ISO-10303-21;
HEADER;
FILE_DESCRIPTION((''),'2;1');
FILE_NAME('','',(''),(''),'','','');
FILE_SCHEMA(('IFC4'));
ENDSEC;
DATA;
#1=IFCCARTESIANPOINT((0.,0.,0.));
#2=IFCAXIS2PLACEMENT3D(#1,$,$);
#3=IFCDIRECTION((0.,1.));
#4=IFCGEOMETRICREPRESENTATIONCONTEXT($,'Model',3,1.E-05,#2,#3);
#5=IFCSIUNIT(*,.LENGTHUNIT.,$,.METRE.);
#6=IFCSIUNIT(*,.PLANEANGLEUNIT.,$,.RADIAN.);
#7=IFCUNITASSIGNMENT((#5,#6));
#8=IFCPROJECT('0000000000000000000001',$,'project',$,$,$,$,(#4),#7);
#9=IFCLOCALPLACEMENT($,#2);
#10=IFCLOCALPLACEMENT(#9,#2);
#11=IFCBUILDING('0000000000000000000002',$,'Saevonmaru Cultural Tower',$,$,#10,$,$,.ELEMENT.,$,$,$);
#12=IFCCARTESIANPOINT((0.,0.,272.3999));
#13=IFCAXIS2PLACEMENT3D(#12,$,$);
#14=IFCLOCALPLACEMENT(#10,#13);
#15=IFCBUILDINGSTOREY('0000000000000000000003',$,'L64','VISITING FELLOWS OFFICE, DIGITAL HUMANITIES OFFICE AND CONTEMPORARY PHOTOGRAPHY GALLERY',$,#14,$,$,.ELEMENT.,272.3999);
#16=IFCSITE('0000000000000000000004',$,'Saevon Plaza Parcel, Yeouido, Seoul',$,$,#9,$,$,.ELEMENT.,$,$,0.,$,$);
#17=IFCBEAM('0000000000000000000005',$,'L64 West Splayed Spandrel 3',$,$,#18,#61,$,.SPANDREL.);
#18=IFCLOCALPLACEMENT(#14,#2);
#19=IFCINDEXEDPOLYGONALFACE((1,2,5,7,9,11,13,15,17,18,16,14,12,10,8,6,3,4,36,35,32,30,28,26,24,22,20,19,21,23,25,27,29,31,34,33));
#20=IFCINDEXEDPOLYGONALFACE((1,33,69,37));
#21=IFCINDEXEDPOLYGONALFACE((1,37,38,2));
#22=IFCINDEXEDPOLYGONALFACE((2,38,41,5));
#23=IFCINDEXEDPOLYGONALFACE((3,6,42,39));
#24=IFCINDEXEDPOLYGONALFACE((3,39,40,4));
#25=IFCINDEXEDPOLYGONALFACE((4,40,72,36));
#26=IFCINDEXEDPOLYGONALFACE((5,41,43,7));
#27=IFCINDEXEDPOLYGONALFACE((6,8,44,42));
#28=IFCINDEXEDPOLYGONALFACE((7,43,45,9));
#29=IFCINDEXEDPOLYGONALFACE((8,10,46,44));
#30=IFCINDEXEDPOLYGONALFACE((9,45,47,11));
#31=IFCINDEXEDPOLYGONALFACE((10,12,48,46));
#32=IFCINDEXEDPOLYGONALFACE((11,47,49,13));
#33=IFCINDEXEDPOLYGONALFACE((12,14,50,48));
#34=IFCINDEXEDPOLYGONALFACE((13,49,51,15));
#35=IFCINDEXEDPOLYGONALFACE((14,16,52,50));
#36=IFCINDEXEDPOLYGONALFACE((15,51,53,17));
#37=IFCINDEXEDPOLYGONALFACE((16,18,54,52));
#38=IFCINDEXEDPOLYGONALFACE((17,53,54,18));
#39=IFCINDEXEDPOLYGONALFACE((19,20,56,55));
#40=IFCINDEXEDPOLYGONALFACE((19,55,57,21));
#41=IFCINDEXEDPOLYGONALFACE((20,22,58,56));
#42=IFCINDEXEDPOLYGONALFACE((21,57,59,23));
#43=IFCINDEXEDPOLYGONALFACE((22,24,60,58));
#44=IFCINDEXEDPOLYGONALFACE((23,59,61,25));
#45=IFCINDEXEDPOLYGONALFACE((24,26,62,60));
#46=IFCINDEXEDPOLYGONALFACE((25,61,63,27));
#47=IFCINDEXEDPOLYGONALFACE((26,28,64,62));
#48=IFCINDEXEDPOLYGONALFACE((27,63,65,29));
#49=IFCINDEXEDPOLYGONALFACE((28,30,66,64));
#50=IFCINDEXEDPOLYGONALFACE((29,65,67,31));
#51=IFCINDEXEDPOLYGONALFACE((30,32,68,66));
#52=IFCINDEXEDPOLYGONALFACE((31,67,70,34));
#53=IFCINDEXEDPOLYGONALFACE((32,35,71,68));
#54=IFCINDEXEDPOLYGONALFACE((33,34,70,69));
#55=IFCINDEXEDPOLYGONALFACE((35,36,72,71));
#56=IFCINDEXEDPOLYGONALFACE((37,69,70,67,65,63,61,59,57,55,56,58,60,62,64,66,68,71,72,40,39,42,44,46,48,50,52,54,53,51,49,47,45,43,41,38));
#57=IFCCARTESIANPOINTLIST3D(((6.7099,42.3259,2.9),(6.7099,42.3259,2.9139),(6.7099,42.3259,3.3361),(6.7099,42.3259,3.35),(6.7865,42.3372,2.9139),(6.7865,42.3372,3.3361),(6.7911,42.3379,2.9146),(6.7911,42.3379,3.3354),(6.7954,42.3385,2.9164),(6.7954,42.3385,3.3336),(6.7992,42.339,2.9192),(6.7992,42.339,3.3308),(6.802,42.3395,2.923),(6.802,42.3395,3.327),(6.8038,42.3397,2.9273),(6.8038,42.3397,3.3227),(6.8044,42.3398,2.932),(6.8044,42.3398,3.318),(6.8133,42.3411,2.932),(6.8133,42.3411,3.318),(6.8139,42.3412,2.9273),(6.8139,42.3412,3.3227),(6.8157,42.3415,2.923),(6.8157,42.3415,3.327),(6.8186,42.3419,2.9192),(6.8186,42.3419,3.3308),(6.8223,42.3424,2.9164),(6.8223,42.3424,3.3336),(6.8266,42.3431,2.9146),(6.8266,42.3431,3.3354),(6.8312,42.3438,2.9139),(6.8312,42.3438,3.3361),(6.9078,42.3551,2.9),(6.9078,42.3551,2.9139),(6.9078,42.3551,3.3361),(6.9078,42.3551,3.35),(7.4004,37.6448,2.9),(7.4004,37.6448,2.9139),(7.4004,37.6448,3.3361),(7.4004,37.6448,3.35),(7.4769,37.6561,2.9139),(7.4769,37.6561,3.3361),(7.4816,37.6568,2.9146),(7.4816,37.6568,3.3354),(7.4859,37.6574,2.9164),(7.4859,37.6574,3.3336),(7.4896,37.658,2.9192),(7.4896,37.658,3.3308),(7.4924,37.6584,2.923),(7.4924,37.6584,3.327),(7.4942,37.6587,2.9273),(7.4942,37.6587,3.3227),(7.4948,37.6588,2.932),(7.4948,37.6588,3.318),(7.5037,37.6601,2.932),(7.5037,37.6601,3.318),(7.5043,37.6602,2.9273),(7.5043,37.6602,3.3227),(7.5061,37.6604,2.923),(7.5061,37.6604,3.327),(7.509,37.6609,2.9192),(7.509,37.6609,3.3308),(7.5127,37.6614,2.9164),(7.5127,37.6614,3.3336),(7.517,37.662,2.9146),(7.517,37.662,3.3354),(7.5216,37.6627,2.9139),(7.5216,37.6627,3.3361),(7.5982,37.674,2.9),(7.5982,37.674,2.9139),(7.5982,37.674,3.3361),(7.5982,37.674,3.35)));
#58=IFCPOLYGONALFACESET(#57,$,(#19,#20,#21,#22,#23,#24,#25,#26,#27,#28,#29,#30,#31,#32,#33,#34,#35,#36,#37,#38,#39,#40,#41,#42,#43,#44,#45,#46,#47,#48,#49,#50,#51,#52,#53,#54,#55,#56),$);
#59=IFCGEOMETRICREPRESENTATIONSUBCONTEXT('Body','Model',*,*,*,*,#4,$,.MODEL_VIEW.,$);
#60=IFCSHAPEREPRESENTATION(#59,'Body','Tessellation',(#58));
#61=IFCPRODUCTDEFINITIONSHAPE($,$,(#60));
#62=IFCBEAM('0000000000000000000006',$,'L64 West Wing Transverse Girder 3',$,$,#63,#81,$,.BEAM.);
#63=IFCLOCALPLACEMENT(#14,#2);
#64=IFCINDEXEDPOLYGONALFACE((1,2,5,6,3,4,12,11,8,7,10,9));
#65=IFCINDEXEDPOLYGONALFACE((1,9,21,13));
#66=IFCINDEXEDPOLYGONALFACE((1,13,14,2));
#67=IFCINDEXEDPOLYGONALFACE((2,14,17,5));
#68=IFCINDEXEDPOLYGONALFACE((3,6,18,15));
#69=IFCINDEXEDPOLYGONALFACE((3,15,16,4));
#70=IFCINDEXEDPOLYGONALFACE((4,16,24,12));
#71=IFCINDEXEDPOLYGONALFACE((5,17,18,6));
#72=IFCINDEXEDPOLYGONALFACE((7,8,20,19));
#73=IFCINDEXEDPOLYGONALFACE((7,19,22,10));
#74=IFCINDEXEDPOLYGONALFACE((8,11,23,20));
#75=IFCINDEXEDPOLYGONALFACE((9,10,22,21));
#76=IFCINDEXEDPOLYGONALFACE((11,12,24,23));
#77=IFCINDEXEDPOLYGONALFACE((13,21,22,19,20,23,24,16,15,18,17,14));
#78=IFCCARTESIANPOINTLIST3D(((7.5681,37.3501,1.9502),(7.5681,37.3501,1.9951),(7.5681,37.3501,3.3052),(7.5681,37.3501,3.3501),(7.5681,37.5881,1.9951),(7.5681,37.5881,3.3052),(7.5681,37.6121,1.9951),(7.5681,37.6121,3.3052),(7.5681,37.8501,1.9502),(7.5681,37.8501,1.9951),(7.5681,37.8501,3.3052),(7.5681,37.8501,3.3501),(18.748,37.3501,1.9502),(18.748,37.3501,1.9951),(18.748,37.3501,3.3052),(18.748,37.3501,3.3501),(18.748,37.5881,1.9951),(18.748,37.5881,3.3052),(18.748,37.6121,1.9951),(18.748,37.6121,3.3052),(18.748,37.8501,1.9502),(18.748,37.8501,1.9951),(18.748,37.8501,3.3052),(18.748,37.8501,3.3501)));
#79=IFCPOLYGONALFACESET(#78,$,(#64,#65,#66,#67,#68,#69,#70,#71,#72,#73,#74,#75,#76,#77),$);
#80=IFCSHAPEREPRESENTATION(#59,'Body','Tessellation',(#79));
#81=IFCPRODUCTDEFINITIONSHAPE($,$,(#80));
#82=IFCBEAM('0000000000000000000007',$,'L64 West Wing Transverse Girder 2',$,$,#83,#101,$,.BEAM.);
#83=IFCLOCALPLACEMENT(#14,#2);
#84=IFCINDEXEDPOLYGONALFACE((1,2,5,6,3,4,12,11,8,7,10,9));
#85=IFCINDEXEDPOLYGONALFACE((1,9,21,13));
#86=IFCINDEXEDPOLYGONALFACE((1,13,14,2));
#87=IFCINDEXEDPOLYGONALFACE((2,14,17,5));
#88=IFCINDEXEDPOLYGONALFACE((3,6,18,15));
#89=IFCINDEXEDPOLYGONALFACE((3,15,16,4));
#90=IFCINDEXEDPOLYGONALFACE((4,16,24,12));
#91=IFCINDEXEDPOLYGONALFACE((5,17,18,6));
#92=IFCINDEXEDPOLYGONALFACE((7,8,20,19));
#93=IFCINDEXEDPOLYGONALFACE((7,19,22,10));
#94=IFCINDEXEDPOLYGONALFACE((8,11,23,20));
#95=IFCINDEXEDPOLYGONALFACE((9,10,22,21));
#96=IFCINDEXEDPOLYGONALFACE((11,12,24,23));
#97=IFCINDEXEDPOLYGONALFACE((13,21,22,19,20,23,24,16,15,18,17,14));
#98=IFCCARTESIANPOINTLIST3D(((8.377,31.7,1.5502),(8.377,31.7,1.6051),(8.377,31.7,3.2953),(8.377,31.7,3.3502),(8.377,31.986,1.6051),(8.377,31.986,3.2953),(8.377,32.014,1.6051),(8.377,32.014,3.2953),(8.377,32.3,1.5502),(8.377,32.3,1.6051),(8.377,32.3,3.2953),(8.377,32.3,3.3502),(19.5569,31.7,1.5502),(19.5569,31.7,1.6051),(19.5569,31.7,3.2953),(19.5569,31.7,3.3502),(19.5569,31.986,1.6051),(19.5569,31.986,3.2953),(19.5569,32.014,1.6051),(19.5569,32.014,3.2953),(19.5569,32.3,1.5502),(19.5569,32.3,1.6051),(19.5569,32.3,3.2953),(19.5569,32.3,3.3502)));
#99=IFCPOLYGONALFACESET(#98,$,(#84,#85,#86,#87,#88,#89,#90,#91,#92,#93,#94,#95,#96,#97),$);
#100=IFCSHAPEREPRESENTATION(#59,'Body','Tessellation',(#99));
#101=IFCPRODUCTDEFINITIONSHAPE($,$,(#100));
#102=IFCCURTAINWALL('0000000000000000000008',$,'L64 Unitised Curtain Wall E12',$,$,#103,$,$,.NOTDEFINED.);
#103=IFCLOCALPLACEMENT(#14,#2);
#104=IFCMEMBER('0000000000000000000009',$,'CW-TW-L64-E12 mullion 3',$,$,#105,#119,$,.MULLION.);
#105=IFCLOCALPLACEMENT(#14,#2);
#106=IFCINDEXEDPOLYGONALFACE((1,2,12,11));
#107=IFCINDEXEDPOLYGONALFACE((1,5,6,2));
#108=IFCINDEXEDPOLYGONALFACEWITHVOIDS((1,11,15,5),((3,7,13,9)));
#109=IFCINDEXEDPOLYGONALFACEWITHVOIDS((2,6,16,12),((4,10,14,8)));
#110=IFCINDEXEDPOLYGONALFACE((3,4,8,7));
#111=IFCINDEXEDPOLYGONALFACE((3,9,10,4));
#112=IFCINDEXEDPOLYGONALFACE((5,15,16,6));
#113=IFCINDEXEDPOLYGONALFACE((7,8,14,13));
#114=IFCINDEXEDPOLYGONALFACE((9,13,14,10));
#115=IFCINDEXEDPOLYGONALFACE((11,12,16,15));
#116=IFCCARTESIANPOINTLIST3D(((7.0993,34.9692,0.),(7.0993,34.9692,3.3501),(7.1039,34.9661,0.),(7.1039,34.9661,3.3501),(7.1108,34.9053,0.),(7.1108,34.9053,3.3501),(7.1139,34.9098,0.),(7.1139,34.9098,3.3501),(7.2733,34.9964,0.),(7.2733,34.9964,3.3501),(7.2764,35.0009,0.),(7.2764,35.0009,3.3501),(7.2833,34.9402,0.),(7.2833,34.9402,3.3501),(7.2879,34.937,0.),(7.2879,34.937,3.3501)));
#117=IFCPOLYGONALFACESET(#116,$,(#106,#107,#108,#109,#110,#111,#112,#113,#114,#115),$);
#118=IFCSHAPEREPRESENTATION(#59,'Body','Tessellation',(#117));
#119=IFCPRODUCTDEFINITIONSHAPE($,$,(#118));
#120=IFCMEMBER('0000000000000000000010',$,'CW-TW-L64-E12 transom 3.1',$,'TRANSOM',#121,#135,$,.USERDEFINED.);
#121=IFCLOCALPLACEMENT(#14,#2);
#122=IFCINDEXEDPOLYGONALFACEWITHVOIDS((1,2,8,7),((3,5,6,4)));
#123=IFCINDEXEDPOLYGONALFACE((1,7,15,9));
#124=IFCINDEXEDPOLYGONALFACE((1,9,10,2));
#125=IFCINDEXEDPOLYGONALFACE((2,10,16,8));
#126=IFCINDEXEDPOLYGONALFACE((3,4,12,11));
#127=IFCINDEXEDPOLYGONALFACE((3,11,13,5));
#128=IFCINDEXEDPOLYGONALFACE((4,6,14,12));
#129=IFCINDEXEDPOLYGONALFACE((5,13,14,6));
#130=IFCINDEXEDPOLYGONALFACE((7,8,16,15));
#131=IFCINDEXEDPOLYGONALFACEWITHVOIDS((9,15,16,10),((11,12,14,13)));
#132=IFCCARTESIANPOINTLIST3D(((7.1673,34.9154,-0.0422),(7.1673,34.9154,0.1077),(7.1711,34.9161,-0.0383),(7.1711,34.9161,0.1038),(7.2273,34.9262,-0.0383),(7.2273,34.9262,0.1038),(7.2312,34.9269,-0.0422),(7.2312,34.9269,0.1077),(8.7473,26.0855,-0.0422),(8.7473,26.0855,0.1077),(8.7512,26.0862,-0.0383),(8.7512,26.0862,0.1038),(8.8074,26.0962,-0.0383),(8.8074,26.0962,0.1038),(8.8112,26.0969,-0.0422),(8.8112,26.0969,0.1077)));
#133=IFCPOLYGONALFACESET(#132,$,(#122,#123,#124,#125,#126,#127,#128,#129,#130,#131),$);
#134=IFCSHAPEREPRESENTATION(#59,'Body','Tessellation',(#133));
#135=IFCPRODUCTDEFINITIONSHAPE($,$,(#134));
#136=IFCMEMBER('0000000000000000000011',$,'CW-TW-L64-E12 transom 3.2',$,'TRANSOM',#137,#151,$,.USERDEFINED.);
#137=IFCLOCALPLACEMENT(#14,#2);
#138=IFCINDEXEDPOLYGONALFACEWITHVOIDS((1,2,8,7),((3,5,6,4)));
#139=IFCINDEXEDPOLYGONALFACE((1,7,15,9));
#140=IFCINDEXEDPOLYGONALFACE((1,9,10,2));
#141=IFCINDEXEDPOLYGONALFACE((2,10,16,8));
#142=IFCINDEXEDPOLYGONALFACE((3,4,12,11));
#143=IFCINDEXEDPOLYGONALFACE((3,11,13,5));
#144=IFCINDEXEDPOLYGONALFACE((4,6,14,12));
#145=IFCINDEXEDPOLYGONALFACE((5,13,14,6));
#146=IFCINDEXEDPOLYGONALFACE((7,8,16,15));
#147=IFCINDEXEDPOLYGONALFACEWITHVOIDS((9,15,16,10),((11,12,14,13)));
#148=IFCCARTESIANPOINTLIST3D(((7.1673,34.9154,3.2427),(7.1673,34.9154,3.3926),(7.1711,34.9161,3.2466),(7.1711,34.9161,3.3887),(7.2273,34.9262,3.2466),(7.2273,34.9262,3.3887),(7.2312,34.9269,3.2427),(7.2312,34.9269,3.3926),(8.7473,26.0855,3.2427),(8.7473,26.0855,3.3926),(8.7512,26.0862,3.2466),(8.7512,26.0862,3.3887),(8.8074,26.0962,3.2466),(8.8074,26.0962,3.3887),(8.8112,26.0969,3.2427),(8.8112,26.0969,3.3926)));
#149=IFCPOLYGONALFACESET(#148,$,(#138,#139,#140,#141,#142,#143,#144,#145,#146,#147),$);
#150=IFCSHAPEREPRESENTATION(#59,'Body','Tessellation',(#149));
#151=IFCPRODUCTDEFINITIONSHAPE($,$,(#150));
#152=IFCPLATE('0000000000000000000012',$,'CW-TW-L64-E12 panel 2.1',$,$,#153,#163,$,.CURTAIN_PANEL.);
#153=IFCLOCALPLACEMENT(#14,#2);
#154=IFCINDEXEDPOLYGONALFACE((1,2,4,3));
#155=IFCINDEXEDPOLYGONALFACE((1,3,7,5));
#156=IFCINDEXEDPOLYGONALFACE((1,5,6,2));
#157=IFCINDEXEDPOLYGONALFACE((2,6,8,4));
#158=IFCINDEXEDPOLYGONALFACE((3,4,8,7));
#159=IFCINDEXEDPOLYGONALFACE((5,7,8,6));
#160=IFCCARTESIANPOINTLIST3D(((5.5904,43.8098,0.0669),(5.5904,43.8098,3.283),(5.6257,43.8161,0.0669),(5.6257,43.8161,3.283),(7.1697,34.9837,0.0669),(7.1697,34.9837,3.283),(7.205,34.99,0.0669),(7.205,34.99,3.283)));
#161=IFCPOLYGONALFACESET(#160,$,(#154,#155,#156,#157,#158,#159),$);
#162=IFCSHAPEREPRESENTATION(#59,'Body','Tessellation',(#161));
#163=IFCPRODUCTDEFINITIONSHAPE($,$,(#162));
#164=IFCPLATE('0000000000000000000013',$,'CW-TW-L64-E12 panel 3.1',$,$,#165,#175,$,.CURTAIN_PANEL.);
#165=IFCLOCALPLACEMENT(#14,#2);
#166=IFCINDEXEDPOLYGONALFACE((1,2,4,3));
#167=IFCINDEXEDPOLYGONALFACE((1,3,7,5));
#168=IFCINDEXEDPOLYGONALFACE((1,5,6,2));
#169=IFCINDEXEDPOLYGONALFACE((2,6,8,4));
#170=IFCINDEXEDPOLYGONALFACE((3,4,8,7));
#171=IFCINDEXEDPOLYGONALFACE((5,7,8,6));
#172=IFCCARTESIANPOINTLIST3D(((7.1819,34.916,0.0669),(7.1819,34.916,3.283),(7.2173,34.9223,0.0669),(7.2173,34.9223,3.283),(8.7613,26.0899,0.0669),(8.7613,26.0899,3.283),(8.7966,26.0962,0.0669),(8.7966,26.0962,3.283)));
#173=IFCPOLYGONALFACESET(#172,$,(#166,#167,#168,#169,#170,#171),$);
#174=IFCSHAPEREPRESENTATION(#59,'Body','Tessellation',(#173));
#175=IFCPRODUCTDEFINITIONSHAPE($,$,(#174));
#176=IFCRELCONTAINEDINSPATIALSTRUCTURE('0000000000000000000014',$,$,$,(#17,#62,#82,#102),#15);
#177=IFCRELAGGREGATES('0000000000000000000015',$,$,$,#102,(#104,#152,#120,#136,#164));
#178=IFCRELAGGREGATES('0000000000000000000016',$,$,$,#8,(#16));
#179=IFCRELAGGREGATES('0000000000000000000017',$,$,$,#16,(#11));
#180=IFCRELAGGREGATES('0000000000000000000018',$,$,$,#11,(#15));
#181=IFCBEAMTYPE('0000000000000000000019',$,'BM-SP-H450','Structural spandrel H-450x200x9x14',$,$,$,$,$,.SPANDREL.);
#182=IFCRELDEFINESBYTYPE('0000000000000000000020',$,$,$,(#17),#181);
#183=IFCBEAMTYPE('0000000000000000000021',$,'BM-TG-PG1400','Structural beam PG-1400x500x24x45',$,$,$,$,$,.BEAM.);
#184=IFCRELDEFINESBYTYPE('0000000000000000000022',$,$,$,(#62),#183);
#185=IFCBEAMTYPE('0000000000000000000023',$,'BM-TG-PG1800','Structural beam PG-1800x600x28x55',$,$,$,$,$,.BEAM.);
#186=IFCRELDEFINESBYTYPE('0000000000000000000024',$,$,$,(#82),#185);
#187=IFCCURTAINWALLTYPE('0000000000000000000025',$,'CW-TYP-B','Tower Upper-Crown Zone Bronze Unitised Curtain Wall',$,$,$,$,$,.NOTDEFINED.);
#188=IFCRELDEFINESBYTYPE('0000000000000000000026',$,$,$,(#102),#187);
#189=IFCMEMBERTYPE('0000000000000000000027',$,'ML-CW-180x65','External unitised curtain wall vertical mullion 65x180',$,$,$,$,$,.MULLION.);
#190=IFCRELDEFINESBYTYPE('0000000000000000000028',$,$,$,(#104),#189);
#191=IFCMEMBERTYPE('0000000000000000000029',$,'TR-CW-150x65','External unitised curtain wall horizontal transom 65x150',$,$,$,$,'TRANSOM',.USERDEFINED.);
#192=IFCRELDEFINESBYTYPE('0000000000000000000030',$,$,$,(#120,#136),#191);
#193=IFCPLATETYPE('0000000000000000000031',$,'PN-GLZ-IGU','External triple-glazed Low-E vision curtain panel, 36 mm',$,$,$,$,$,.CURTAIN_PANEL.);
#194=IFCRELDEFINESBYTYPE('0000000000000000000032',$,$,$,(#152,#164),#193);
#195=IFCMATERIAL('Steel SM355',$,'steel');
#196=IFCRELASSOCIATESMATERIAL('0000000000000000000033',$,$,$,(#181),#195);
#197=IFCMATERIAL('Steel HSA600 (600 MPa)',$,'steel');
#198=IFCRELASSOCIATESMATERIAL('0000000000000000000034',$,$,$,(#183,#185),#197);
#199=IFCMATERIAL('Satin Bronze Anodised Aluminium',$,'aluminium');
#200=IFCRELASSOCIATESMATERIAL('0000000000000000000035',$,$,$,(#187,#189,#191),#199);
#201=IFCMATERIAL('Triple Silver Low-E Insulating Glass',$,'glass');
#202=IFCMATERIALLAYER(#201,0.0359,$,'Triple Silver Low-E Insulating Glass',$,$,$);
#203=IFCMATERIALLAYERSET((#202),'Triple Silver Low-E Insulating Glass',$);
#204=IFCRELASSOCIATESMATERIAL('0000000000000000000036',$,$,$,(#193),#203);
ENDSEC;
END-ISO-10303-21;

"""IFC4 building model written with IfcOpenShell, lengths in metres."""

from ifc_helpers import new_model, si_unit, direction, frame, origin, origin_2d, place, context, subcontext, project, spatial, rectangle, hollow_rectangle, i_section, extrude, material, layer, layer_set, material_profile, profile_set, type_object, element, aggregate, save


model = new_model("IFC4")

# Units and contexts
model_context = context("Model", 3, precision=1e-05, world=origin(), true_north=direction((0.0, 1.0)))
body_context = subcontext(model_context, "Body", "Model", "MODEL_VIEW")
ifc_project = project(units=[si_unit("LENGTHUNIT", "METRE"), si_unit("PLANEANGLEUNIT", "RADIAN")], contexts=[model_context])

# Site, building, storey
site_placement = place(None, origin())
site = spatial("IfcSite", under=ifc_project, at=site_placement, Name="Saevon Plaza Parcel, Yeouido, Seoul", CompositionType="ELEMENT", RefElevation=0.0)
building_placement = place(site_placement, origin())
building = spatial("IfcBuilding", under=site, at=building_placement, Name="Saevonmaru Cultural Tower", CompositionType="ELEMENT")
storey_placement = place(building_placement, frame((0.0, 0.0, 272.3999)))
storey = spatial("IfcBuildingStorey", under=building, at=storey_placement, Name="L64", Description="VISITING FELLOWS OFFICE, DIGITAL HUMANITIES OFFICE AND CONTEMPORARY PHOTOGRAPHY GALLERY", CompositionType="ELEMENT", Elevation=272.3999)

# Shared definitions
ifc_material_1 = material(Name="Steel SM355", Category="steel")

# Beams
ifc_material_profile_1 = material_profile(ifc_material_1, i_section(OverallWidth=0.2, OverallDepth=0.45, WebThickness=0.009, FlangeThickness=0.0139, FilletRadius=0.0181, at=origin_2d()), Name="H-450x200x9x14")
ifc_profile_set_1 = profile_set([ifc_material_profile_1], Name="Steel SM355")
beam_type_1 = type_object("IfcBeamType", Name="BM-SP-H450", Description="Structural spandrel H-450x200x9x14", PredefinedType="SPANDREL", material=ifc_profile_set_1)
beam_1_placement = place(storey_placement, frame((7.4993, 37.6594, 3.125), z_axis=(-0.145913, 0.989297, 0.0), x_axis=(-0.989297, -0.145913, 0.0)))
element("IfcBeam", 1, at=beam_1_placement, inside=storey, type_object=beam_type_1, Name="L64 West Splayed Spandrel 3", PredefinedType="SPANDREL", context=body_context, shape_type="SweptSolid", body=[
    extrude(i_section(OverallWidth=0.2, OverallDepth=0.45, WebThickness=0.009, FlangeThickness=0.0139, FilletRadius=0.0181, at=origin_2d()), origin(), (0.0, 0.0, 1.0), 4.7317),
])
ifc_material_2 = material(Name="Steel HSA600 (600 MPa)", Category="steel")
ifc_material_profile_2 = material_profile(ifc_material_2, i_section(OverallWidth=0.5, OverallDepth=1.3999, WebThickness=0.0239, FlangeThickness=0.0449, at=origin_2d()), Name="PG-1400x500x24x45")
ifc_profile_set_2 = profile_set([ifc_material_profile_2], Name="Steel HSA600 (600 MPa)")
beam_type_2 = type_object("IfcBeamType", Name="BM-TG-PG1400", Description="Structural beam PG-1400x500x24x45", PredefinedType="BEAM", material=ifc_profile_set_2)
beam_2_placement = place(storey_placement, frame((7.5681, 37.6001, 2.6501), z_axis=(1.0, 0.0, 0.0), x_axis=(0.0, 1.0, 0.0)))
element("IfcBeam", 2, at=beam_2_placement, inside=storey, type_object=beam_type_2, Name="L64 West Wing Transverse Girder 3", PredefinedType="BEAM", context=body_context, shape_type="SweptSolid", body=[
    extrude(i_section(OverallWidth=0.5, OverallDepth=1.3999, WebThickness=0.0239, FlangeThickness=0.0449, at=origin_2d()), origin(), (0.0, 0.0, 1.0), 11.1799),
])
ifc_material_profile_3 = material_profile(ifc_material_2, i_section(OverallWidth=0.6001, OverallDepth=1.8, WebThickness=0.0281, FlangeThickness=0.0549, at=origin_2d()), Name="PG-1800x600x28x55")
ifc_profile_set_3 = profile_set([ifc_material_profile_3], Name="Steel HSA600 (600 MPa)")
beam_type_3 = type_object("IfcBeamType", Name="BM-TG-PG1800", Description="Structural beam PG-1800x600x28x55", PredefinedType="BEAM", material=ifc_profile_set_3)
beam_3_placement = place(storey_placement, frame((8.377, 32.0, 2.4502), z_axis=(1.0, 0.0, 0.0), x_axis=(0.0, 1.0, 0.0)))
element("IfcBeam", 3, at=beam_3_placement, inside=storey, type_object=beam_type_3, Name="L64 West Wing Transverse Girder 2", PredefinedType="BEAM", context=body_context, shape_type="SweptSolid", body=[
    extrude(i_section(OverallWidth=0.6001, OverallDepth=1.8, WebThickness=0.0281, FlangeThickness=0.0549, at=origin_2d()), origin(), (0.0, 0.0, 1.0), 11.1799),
])

# Curtain wall, members, plates
ifc_material_3 = material(Name="Satin Bronze Anodised Aluminium", Category="aluminium")
curtain_wall_type = type_object("IfcCurtainWallType", Name="CW-TYP-B", Description="Tower Upper-Crown Zone Bronze Unitised Curtain Wall", PredefinedType="NOTDEFINED", material=ifc_material_3)
curtain_wall_placement = place(storey_placement, origin())
curtain_wall = element("IfcCurtainWall", 4, at=curtain_wall_placement, inside=storey, type_object=curtain_wall_type, Name="L64 Unitised Curtain Wall E12", PredefinedType="NOTDEFINED")
ifc_material_profile_4 = material_profile(ifc_material_3, hollow_rectangle(XDim=0.0649, YDim=0.1799, WallThickness=0.0039, at=origin_2d()), Name="ALU-MULL-180x65x4")
ifc_profile_set_4 = profile_set([ifc_material_profile_4], Name="Satin Bronze Anodised Aluminium")
member_type_1 = type_object("IfcMemberType", Name="ML-CW-180x65", Description="External unitised curtain wall vertical mullion 65x180", PredefinedType="MULLION", material=ifc_profile_set_4)
member_1_placement = place(storey_placement, frame((7.1936, 34.9531, 0.0), z_axis=(0.0, 0.0, 1.0), x_axis=(0.176141, -0.984365, 0.0)))
member_1 = element("IfcMember", 5, at=member_1_placement, type_object=member_type_1, Name="CW-TW-L64-E12 mullion 3", PredefinedType="MULLION", context=body_context, shape_type="SweptSolid", body=[
    extrude(hollow_rectangle(XDim=0.0649, YDim=0.1799, WallThickness=0.0039, at=origin_2d()), origin(), (0.0, 0.0, 1.0), 3.3501),
])
ifc_material_profile_5 = material_profile(ifc_material_3, hollow_rectangle(XDim=0.0649, YDim=0.1499, WallThickness=0.0039, at=origin_2d()), Name="ALU-TRAN-150x65x4")
ifc_profile_set_5 = profile_set([ifc_material_profile_5], Name="Satin Bronze Anodised Aluminium")
member_type_2 = type_object("IfcMemberType", Name="TR-CW-150x65", Description="External unitised curtain wall horizontal transom 65x150", ElementType="TRANSOM", PredefinedType="USERDEFINED", material=ifc_profile_set_5)
member_2_placement = place(storey_placement, frame((7.1992, 34.9211, 0.0327), z_axis=(0.176145, -0.984364, 0.0), x_axis=(0.984364, 0.176145, 0.0)))
member_2 = element("IfcMember", 6, at=member_2_placement, type_object=member_type_2, Name="CW-TW-L64-E12 transom 3.1", ObjectType="TRANSOM", PredefinedType="USERDEFINED", context=body_context, shape_type="SweptSolid", body=[
    extrude(hollow_rectangle(XDim=0.0649, YDim=0.1499, WallThickness=0.0039, at=origin_2d()), origin(), (0.0, 0.0, 1.0), 8.9702),
])
member_3_placement = place(storey_placement, frame((7.1992, 34.9211, 3.3176), z_axis=(0.176145, -0.984364, 0.0), x_axis=(0.984364, 0.176145, 0.0)))
member_3 = element("IfcMember", 7, at=member_3_placement, type_object=member_type_2, Name="CW-TW-L64-E12 transom 3.2", ObjectType="TRANSOM", PredefinedType="USERDEFINED", context=body_context, shape_type="SweptSolid", body=[
    extrude(hollow_rectangle(XDim=0.0649, YDim=0.1499, WallThickness=0.0039, at=origin_2d()), origin(), (0.0, 0.0, 1.0), 8.9702),
])
ifc_material_4 = material(Name="Triple Silver Low-E Insulating Glass", Category="glass")
ifc_layer_1 = layer(ifc_material_4, 0.0359, Name="Triple Silver Low-E Insulating Glass")
ifc_layer_set_1 = layer_set([ifc_layer_1], Name="Triple Silver Low-E Insulating Glass")
plate_type = type_object("IfcPlateType", Name="PN-GLZ-IGU", Description="External triple-glazed Low-E vision curtain panel, 36 mm", PredefinedType="CURTAIN_PANEL", material=ifc_layer_set_1)
plate_1_placement = place(storey_placement, frame((6.3977, 39.3999, 0.0669), z_axis=(0.0, 0.0, 1.0), x_axis=(0.176141, -0.984365, 0.0)))
plate_1 = element("IfcPlate", 8, at=plate_1_placement, type_object=plate_type, Name="CW-TW-L64-E12 panel 2.1", PredefinedType="CURTAIN_PANEL", context=body_context, shape_type="SweptSolid", body=[
    extrude(rectangle(XDim=8.9663, YDim=0.0359, at=origin_2d()), origin(), (0.0, 0.0, 1.0), 3.2161),
])
plate_2_placement = place(storey_placement, frame((7.9893, 30.5061, 0.0669), z_axis=(0.0, 0.0, 1.0), x_axis=(0.176141, -0.984365, 0.0)))
plate_2 = element("IfcPlate", 9, at=plate_2_placement, type_object=plate_type, Name="CW-TW-L64-E12 panel 3.1", PredefinedType="CURTAIN_PANEL", context=body_context, shape_type="SweptSolid", body=[
    extrude(rectangle(XDim=8.9663, YDim=0.0359, at=origin_2d()), origin(), (0.0, 0.0, 1.0), 3.2161),
])
aggregate(curtain_wall, [member_1, plate_1, member_2, member_3, plate_2])

save(model, "model.ifc")
